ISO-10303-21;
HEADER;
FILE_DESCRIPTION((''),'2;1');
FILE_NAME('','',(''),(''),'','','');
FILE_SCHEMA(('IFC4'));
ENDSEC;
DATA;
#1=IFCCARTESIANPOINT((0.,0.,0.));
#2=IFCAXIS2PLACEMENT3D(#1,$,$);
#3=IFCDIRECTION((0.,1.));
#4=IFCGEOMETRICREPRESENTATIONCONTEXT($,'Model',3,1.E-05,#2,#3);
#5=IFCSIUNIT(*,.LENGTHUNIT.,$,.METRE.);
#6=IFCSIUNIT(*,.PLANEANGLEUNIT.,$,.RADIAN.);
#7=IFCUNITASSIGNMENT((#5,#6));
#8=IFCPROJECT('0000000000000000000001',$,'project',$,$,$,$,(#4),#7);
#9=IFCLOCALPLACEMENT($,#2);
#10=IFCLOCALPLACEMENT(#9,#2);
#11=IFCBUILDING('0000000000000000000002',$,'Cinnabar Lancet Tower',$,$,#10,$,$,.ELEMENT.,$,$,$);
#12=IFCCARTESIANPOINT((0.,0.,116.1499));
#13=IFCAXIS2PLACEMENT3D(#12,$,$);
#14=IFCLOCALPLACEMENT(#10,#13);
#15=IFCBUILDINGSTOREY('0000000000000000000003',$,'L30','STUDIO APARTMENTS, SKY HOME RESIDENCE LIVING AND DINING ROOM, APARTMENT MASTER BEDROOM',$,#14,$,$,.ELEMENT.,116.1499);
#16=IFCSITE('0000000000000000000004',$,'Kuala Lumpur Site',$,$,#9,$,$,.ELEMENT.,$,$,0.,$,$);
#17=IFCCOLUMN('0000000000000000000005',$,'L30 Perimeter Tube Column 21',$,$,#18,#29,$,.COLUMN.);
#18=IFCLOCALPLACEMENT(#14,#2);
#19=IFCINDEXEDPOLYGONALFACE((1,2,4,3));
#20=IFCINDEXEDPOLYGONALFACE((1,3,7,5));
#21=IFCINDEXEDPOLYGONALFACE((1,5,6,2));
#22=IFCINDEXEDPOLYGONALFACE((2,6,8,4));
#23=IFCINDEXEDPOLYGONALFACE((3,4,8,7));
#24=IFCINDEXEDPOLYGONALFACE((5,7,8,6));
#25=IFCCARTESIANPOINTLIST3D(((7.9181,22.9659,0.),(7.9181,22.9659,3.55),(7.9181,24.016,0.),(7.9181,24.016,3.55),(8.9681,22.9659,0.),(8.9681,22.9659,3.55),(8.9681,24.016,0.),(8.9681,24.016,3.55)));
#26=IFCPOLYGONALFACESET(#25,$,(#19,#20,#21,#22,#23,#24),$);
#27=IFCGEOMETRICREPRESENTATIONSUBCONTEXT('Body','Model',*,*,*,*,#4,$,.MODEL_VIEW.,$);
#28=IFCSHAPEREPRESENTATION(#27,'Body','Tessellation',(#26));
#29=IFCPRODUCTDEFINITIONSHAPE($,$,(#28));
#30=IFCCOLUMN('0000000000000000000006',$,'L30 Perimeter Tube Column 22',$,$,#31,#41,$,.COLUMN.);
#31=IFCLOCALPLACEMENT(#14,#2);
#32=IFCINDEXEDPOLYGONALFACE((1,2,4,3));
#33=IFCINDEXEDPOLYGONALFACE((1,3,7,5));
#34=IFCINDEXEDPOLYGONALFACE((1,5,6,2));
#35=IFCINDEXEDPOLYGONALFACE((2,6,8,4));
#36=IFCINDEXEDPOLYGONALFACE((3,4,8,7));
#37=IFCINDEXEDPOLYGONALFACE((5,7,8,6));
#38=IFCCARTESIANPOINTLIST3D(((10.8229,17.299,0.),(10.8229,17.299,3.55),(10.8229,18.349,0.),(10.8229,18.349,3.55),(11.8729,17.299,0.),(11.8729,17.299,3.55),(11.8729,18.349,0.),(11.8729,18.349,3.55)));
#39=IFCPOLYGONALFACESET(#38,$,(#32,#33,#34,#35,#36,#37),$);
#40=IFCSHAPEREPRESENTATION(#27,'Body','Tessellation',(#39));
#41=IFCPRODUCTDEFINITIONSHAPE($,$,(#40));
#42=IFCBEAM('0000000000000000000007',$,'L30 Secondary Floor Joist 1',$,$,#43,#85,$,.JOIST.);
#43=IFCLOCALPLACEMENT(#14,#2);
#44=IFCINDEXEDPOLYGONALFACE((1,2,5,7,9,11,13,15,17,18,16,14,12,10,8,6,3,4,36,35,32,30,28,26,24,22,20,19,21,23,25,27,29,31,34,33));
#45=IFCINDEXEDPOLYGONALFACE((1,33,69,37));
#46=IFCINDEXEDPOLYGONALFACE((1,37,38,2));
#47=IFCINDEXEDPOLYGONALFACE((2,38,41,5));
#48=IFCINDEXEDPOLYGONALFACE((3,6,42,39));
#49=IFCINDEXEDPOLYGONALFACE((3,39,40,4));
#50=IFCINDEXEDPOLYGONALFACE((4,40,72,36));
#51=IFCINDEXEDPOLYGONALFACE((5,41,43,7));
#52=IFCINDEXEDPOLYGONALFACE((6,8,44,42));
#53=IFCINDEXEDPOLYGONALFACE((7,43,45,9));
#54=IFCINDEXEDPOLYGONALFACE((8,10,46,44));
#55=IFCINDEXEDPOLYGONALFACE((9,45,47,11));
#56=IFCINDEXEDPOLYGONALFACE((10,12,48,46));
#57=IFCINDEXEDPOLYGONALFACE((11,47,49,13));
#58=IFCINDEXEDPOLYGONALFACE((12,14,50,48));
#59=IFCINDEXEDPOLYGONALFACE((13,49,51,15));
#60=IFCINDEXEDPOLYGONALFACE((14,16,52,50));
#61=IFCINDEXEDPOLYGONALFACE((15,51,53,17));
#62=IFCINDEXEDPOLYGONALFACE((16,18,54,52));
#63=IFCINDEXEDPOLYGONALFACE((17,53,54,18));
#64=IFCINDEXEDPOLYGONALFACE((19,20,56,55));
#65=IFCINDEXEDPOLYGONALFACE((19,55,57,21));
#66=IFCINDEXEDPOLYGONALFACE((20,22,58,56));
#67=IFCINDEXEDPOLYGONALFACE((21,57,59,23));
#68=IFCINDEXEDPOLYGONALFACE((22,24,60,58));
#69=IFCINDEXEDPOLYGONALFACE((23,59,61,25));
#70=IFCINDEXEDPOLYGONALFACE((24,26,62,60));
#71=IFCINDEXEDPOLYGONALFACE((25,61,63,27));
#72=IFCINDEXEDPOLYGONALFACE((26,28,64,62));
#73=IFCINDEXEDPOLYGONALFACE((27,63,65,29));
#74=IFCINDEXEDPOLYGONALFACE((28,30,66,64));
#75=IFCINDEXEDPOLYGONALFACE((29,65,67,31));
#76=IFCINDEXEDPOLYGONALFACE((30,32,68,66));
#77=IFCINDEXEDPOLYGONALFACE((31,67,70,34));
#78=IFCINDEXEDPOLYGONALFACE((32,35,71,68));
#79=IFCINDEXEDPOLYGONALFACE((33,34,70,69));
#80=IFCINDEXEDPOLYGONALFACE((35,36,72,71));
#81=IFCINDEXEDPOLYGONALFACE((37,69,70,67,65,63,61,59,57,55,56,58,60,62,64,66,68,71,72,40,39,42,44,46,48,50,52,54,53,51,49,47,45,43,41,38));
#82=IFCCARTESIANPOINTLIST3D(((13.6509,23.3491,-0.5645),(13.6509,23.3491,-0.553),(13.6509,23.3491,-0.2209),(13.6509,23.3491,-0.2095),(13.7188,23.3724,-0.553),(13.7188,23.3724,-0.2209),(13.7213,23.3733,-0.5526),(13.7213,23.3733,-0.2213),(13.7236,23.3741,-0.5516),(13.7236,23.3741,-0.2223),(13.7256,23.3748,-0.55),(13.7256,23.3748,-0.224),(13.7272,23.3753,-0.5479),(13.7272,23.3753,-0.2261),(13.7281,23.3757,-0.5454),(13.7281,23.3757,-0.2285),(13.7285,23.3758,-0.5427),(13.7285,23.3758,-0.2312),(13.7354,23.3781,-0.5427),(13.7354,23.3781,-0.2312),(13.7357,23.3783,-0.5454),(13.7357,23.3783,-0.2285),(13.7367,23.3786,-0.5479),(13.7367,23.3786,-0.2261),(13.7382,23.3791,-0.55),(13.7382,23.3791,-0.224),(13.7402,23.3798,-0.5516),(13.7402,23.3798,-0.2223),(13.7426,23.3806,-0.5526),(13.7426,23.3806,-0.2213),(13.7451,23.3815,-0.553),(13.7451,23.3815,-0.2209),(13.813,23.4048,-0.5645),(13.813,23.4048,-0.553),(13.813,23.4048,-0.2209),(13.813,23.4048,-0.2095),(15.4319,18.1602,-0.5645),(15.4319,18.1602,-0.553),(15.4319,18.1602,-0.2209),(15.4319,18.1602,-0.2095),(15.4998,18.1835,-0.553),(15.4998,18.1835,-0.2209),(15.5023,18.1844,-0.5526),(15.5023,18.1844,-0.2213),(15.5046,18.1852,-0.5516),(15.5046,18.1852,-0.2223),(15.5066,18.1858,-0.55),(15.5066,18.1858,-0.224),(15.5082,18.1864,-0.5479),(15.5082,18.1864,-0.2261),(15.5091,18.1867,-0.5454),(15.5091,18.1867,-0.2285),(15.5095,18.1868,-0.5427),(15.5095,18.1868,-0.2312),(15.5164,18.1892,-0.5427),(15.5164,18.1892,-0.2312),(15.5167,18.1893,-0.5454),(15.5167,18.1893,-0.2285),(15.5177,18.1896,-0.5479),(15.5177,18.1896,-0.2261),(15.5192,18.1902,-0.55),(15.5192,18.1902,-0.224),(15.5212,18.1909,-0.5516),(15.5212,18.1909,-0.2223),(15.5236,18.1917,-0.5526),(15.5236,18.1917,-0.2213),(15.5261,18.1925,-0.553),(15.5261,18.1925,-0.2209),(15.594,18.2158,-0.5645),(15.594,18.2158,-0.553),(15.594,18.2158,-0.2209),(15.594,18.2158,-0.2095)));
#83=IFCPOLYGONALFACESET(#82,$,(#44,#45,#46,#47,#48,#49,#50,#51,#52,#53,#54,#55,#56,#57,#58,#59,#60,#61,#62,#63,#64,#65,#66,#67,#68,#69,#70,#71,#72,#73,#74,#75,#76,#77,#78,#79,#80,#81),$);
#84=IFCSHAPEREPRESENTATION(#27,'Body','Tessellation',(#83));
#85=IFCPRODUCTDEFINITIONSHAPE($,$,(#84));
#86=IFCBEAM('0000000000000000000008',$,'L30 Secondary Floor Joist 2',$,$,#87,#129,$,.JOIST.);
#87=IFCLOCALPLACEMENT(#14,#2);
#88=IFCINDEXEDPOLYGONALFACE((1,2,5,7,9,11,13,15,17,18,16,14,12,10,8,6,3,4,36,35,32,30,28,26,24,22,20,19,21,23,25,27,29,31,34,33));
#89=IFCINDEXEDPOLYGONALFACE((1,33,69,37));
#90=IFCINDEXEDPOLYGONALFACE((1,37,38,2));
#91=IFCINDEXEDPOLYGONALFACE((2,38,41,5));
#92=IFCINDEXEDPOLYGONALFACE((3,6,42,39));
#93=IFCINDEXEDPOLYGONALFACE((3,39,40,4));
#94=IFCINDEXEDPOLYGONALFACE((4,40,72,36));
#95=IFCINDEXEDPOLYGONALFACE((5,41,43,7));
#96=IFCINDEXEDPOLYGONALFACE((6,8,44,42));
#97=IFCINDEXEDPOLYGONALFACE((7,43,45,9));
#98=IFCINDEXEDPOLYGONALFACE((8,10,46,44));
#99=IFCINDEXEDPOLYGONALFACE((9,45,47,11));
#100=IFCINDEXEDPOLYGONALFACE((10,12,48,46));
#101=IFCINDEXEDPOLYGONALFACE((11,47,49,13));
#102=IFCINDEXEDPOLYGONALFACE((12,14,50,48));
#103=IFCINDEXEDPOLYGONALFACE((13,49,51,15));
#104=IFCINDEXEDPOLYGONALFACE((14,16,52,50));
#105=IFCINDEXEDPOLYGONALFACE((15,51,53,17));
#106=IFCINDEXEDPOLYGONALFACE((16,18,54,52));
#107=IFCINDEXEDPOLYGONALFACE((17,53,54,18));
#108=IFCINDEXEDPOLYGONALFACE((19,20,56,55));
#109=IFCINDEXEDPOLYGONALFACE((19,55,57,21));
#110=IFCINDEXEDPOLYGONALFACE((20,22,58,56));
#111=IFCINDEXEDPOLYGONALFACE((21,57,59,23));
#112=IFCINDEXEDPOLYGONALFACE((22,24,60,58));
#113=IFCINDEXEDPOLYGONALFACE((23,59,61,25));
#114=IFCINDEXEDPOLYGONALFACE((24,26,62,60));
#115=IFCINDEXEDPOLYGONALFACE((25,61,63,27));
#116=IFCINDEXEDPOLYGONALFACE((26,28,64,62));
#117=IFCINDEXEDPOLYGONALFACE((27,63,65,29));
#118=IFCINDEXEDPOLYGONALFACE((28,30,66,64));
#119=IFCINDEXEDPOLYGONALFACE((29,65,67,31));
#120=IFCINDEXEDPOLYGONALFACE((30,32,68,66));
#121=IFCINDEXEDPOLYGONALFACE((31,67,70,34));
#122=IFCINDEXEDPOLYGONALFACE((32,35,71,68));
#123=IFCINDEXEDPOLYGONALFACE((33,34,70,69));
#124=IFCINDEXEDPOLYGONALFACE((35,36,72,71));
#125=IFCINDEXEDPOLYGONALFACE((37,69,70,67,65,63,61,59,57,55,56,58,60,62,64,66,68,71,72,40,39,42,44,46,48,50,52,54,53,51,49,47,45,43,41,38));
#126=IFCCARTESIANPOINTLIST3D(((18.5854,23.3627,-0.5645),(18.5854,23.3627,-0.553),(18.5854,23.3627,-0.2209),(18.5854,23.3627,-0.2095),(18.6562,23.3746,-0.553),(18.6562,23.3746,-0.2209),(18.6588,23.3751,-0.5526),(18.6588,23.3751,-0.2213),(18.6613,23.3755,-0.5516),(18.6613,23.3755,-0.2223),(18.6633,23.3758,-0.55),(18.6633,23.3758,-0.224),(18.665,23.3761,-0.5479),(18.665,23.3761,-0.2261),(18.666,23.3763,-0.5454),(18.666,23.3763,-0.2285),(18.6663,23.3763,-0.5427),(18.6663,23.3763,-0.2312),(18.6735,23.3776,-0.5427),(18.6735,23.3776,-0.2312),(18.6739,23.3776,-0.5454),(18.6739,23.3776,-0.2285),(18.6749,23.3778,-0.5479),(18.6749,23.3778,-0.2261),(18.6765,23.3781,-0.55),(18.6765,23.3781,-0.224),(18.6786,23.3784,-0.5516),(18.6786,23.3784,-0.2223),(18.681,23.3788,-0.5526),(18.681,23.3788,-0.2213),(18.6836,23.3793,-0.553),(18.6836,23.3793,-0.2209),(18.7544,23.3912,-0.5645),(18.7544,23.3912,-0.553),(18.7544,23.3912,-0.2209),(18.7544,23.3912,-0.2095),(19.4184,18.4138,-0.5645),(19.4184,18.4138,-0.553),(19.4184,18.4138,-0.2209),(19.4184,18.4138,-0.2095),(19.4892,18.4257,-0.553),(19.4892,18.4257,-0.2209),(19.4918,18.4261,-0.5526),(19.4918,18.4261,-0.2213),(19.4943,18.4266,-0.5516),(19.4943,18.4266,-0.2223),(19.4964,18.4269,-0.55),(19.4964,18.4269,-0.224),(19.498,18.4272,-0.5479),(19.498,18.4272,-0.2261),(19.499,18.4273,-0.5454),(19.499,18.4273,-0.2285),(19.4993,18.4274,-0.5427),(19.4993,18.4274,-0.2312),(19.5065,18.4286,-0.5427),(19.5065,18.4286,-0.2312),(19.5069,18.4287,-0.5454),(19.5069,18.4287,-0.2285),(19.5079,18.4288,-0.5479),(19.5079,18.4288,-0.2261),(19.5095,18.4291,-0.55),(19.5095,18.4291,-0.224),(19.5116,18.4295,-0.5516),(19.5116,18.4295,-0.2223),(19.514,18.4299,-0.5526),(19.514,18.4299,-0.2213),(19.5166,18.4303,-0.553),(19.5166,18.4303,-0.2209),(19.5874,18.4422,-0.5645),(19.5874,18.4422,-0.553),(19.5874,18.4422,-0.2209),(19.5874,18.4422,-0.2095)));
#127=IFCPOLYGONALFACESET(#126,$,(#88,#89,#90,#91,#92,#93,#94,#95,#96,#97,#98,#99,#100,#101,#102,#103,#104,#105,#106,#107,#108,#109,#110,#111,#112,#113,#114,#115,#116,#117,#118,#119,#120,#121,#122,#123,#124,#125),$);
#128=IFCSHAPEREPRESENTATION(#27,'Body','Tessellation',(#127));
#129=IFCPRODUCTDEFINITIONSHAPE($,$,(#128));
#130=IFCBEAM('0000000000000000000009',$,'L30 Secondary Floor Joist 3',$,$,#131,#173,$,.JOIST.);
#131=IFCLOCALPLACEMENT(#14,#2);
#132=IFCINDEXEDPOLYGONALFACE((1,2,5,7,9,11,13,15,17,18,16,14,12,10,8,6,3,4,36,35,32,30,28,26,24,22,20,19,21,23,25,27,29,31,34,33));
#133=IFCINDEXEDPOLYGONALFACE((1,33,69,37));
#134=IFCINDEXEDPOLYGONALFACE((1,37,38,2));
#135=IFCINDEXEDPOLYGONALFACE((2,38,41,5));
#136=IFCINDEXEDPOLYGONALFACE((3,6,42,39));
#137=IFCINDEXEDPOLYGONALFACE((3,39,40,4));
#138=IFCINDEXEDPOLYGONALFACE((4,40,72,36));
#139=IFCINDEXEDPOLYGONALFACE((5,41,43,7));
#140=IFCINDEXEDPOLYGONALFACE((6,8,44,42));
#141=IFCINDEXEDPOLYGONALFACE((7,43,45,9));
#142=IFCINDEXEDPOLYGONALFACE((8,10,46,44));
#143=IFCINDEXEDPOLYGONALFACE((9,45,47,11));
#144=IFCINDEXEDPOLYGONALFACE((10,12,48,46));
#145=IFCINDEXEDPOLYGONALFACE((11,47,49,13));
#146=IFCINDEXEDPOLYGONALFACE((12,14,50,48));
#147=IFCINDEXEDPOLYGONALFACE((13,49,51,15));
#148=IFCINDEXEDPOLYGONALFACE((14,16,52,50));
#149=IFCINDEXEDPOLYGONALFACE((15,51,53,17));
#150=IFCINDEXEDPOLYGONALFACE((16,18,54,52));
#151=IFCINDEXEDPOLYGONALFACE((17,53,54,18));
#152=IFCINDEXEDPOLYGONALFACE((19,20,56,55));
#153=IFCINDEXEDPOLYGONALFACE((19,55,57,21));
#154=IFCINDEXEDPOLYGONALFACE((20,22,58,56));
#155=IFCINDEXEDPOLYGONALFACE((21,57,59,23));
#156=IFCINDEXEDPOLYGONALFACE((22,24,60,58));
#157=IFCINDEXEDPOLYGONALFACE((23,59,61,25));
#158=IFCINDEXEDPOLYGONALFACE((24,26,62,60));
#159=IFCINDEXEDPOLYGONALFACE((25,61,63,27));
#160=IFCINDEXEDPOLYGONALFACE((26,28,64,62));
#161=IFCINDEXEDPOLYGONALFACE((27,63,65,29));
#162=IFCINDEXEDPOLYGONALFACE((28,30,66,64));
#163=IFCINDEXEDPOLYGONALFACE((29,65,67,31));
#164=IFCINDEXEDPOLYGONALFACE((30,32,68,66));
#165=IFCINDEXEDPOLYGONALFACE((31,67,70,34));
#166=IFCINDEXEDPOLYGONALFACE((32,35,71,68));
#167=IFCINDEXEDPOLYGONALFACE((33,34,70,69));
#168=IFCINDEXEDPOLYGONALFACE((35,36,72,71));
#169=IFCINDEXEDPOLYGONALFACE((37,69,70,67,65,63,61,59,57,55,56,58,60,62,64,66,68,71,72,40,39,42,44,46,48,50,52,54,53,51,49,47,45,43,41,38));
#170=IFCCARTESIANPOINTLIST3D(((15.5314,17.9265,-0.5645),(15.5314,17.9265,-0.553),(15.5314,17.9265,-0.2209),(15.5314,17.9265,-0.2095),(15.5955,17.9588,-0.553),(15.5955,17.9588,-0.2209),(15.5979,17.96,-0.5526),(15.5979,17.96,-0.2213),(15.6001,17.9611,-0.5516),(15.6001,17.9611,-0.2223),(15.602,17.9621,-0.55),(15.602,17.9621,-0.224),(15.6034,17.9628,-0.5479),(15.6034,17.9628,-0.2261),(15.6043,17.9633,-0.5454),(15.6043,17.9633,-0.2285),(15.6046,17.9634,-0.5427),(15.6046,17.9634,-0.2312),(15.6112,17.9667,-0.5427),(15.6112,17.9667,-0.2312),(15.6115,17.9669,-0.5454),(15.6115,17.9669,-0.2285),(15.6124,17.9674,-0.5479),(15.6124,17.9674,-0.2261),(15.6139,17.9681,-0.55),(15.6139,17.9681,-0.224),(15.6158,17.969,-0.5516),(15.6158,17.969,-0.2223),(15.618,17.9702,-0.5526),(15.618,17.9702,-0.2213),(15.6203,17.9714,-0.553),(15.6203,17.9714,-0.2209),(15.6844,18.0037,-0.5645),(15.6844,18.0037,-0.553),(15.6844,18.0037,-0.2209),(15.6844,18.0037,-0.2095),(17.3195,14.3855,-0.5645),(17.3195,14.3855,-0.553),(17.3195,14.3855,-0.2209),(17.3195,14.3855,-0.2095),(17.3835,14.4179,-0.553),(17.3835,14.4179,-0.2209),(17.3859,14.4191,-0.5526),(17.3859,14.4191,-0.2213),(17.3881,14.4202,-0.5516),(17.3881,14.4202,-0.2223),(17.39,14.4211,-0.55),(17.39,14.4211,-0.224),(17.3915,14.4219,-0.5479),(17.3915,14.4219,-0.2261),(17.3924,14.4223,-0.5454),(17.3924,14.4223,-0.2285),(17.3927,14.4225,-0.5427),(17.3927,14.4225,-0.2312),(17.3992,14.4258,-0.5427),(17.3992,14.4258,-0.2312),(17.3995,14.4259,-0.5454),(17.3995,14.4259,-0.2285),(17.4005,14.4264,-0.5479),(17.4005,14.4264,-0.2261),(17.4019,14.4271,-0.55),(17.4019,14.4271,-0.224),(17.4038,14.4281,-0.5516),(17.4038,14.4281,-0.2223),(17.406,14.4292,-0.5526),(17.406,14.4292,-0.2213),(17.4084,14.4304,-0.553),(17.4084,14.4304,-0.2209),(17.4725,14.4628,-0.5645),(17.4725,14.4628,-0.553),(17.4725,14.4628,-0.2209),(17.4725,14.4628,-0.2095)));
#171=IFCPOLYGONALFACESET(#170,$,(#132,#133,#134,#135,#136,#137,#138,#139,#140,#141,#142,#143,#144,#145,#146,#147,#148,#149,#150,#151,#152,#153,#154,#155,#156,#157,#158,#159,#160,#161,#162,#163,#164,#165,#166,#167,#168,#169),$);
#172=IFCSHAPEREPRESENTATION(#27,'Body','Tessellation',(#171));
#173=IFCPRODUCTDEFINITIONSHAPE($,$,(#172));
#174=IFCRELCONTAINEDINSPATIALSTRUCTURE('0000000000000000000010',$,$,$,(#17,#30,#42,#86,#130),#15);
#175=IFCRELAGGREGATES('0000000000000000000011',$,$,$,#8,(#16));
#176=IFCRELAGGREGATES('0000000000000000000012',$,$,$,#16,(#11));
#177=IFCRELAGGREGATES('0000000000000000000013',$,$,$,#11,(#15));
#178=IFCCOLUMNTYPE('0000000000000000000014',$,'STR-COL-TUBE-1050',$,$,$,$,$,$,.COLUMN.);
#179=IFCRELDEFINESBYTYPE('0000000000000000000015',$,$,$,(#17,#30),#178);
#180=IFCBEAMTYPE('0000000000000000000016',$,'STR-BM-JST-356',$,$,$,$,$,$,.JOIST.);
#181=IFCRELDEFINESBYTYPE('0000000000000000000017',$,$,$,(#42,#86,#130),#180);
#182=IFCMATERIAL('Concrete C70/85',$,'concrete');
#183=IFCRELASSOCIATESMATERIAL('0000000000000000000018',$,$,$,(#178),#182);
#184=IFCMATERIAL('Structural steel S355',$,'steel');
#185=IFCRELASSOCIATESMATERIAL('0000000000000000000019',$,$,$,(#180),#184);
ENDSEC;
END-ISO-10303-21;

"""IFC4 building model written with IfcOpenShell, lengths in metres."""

from ifc_helpers import new_model, si_unit, direction, frame, origin, origin_2d, place, context, subcontext, project, spatial, rectangle, i_section, extrude, material, material_profile, profile_set, type_object, element, save


model = new_model("IFC4")

# Units and contexts
model_context = context("Model", 3, precision=1e-05, world=origin(), true_north=direction((0.0, 1.0)))
body_context = subcontext(model_context, "Body", "Model", "MODEL_VIEW")
ifc_project = project(units=[si_unit("LENGTHUNIT", "METRE"), si_unit("PLANEANGLEUNIT", "RADIAN")], contexts=[model_context])

# Site, building, storey
site_placement = place(None, origin())
site = spatial("IfcSite", under=ifc_project, at=site_placement, Name="Kuala Lumpur Site", CompositionType="ELEMENT", RefElevation=0.0)
building_placement = place(site_placement, origin())
building = spatial("IfcBuilding", under=site, at=building_placement, Name="Cinnabar Lancet Tower", CompositionType="ELEMENT")
storey_placement = place(building_placement, frame((0.0, 0.0, 116.1499)))
storey = spatial("IfcBuildingStorey", under=building, at=storey_placement, Name="L30", Description="STUDIO APARTMENTS, SKY HOME RESIDENCE LIVING AND DINING ROOM, APARTMENT MASTER BEDROOM", CompositionType="ELEMENT", Elevation=116.1499)

# Columns
ifc_material_1 = material(Name="Concrete C70/85", Category="concrete")
ifc_material_profile_1 = material_profile(ifc_material_1, rectangle(XDim=1.05, YDim=1.05, at=origin_2d()), Name="RC-COL 1050x1050")
ifc_profile_set_1 = profile_set([ifc_material_profile_1], Name="Concrete C70/85")
column_type = type_object("IfcColumnType", Name="STR-COL-TUBE-1050", PredefinedType="COLUMN", material=ifc_profile_set_1)
for number, where, z_axis, x_axis, name in (
    (1, (8.4431, 23.491, 0.0), (0.0, 0.0, 1.0), (1.0, 0.0, 0.0), "L30 Perimeter Tube Column 21"),
    (2, (11.3479, 17.824, 0.0), (0.0, 0.0, 1.0), (1.0, 0.0, 0.0), "L30 Perimeter Tube Column 22"),
):
    element("IfcColumn", number, at=place(storey_placement, frame(where, z_axis=z_axis, x_axis=x_axis)), inside=storey, type_object=column_type, Name=name, PredefinedType="COLUMN", context=body_context, shape_type="SweptSolid", body=[
        extrude(rectangle(XDim=1.05, YDim=1.05, at=origin_2d()), origin(), (0.0, 0.0, 1.0), 3.55),
    ])

# Beams
ifc_material_2 = material(Name="Structural steel S355", Category="steel")
ifc_material_profile_2 = material_profile(ifc_material_2, i_section(OverallWidth=0.1714, OverallDepth=0.355, WebThickness=0.0073, FlangeThickness=0.0115, FilletRadius=0.0103, at=origin_2d()), Name="UKB 356x171x51")
ifc_profile_set_2 = profile_set([ifc_material_profile_2], Name="Structural steel S355")
beam_type_1 = type_object("IfcBeamType", Name="STR-BM-JST-356", PredefinedType="JOIST", material=ifc_profile_set_2)
beam_1_placement = place(storey_placement, frame((13.7319, 23.377, -0.387), z_axis=(0.324639, -0.945838, 0.0), x_axis=(0.945838, 0.324639, 0.0)))
element("IfcBeam", 3, at=beam_1_placement, inside=storey, type_object=beam_type_1, Name="L30 Secondary Floor Joist 1", PredefinedType="JOIST", context=body_context, shape_type="SweptSolid", body=[
    extrude(i_section(OverallWidth=0.1714, OverallDepth=0.355, WebThickness=0.0073, FlangeThickness=0.0115, FilletRadius=0.0103, at=origin_2d()), origin(), (0.0, 0.0, 1.0), 5.4861),
])
beam_2_placement = place(storey_placement, frame((18.6699, 23.377, -0.387), z_axis=(0.165984, -0.986128, 0.0), x_axis=(0.986128, 0.165984, 0.0)))
element("IfcBeam", 4, at=beam_2_placement, inside=storey, type_object=beam_type_1, Name="L30 Secondary Floor Joist 2", PredefinedType="JOIST", context=body_context, shape_type="SweptSolid", body=[
    extrude(i_section(OverallWidth=0.1714, OverallDepth=0.355, WebThickness=0.0073, FlangeThickness=0.0115, FilletRadius=0.0103, at=origin_2d()), origin(), (0.0, 0.0, 1.0), 5.0186),
])
beam_3_placement = place(storey_placement, frame((15.6079, 17.9651, -0.387), z_axis=(0.450755, -0.892648, 0.0), x_axis=(0.892648, 0.450755, 0.0)))
element("IfcBeam", 5, at=beam_3_placement, inside=storey, type_object=beam_type_1, Name="L30 Secondary Floor Joist 3", PredefinedType="JOIST", context=body_context, shape_type="SweptSolid", body=[
    extrude(i_section(OverallWidth=0.1714, OverallDepth=0.355, WebThickness=0.0073, FlangeThickness=0.0115, FilletRadius=0.0103, at=origin_2d()), origin(), (0.0, 0.0, 1.0), 3.9668),
])

save(model, "model.ifc")
